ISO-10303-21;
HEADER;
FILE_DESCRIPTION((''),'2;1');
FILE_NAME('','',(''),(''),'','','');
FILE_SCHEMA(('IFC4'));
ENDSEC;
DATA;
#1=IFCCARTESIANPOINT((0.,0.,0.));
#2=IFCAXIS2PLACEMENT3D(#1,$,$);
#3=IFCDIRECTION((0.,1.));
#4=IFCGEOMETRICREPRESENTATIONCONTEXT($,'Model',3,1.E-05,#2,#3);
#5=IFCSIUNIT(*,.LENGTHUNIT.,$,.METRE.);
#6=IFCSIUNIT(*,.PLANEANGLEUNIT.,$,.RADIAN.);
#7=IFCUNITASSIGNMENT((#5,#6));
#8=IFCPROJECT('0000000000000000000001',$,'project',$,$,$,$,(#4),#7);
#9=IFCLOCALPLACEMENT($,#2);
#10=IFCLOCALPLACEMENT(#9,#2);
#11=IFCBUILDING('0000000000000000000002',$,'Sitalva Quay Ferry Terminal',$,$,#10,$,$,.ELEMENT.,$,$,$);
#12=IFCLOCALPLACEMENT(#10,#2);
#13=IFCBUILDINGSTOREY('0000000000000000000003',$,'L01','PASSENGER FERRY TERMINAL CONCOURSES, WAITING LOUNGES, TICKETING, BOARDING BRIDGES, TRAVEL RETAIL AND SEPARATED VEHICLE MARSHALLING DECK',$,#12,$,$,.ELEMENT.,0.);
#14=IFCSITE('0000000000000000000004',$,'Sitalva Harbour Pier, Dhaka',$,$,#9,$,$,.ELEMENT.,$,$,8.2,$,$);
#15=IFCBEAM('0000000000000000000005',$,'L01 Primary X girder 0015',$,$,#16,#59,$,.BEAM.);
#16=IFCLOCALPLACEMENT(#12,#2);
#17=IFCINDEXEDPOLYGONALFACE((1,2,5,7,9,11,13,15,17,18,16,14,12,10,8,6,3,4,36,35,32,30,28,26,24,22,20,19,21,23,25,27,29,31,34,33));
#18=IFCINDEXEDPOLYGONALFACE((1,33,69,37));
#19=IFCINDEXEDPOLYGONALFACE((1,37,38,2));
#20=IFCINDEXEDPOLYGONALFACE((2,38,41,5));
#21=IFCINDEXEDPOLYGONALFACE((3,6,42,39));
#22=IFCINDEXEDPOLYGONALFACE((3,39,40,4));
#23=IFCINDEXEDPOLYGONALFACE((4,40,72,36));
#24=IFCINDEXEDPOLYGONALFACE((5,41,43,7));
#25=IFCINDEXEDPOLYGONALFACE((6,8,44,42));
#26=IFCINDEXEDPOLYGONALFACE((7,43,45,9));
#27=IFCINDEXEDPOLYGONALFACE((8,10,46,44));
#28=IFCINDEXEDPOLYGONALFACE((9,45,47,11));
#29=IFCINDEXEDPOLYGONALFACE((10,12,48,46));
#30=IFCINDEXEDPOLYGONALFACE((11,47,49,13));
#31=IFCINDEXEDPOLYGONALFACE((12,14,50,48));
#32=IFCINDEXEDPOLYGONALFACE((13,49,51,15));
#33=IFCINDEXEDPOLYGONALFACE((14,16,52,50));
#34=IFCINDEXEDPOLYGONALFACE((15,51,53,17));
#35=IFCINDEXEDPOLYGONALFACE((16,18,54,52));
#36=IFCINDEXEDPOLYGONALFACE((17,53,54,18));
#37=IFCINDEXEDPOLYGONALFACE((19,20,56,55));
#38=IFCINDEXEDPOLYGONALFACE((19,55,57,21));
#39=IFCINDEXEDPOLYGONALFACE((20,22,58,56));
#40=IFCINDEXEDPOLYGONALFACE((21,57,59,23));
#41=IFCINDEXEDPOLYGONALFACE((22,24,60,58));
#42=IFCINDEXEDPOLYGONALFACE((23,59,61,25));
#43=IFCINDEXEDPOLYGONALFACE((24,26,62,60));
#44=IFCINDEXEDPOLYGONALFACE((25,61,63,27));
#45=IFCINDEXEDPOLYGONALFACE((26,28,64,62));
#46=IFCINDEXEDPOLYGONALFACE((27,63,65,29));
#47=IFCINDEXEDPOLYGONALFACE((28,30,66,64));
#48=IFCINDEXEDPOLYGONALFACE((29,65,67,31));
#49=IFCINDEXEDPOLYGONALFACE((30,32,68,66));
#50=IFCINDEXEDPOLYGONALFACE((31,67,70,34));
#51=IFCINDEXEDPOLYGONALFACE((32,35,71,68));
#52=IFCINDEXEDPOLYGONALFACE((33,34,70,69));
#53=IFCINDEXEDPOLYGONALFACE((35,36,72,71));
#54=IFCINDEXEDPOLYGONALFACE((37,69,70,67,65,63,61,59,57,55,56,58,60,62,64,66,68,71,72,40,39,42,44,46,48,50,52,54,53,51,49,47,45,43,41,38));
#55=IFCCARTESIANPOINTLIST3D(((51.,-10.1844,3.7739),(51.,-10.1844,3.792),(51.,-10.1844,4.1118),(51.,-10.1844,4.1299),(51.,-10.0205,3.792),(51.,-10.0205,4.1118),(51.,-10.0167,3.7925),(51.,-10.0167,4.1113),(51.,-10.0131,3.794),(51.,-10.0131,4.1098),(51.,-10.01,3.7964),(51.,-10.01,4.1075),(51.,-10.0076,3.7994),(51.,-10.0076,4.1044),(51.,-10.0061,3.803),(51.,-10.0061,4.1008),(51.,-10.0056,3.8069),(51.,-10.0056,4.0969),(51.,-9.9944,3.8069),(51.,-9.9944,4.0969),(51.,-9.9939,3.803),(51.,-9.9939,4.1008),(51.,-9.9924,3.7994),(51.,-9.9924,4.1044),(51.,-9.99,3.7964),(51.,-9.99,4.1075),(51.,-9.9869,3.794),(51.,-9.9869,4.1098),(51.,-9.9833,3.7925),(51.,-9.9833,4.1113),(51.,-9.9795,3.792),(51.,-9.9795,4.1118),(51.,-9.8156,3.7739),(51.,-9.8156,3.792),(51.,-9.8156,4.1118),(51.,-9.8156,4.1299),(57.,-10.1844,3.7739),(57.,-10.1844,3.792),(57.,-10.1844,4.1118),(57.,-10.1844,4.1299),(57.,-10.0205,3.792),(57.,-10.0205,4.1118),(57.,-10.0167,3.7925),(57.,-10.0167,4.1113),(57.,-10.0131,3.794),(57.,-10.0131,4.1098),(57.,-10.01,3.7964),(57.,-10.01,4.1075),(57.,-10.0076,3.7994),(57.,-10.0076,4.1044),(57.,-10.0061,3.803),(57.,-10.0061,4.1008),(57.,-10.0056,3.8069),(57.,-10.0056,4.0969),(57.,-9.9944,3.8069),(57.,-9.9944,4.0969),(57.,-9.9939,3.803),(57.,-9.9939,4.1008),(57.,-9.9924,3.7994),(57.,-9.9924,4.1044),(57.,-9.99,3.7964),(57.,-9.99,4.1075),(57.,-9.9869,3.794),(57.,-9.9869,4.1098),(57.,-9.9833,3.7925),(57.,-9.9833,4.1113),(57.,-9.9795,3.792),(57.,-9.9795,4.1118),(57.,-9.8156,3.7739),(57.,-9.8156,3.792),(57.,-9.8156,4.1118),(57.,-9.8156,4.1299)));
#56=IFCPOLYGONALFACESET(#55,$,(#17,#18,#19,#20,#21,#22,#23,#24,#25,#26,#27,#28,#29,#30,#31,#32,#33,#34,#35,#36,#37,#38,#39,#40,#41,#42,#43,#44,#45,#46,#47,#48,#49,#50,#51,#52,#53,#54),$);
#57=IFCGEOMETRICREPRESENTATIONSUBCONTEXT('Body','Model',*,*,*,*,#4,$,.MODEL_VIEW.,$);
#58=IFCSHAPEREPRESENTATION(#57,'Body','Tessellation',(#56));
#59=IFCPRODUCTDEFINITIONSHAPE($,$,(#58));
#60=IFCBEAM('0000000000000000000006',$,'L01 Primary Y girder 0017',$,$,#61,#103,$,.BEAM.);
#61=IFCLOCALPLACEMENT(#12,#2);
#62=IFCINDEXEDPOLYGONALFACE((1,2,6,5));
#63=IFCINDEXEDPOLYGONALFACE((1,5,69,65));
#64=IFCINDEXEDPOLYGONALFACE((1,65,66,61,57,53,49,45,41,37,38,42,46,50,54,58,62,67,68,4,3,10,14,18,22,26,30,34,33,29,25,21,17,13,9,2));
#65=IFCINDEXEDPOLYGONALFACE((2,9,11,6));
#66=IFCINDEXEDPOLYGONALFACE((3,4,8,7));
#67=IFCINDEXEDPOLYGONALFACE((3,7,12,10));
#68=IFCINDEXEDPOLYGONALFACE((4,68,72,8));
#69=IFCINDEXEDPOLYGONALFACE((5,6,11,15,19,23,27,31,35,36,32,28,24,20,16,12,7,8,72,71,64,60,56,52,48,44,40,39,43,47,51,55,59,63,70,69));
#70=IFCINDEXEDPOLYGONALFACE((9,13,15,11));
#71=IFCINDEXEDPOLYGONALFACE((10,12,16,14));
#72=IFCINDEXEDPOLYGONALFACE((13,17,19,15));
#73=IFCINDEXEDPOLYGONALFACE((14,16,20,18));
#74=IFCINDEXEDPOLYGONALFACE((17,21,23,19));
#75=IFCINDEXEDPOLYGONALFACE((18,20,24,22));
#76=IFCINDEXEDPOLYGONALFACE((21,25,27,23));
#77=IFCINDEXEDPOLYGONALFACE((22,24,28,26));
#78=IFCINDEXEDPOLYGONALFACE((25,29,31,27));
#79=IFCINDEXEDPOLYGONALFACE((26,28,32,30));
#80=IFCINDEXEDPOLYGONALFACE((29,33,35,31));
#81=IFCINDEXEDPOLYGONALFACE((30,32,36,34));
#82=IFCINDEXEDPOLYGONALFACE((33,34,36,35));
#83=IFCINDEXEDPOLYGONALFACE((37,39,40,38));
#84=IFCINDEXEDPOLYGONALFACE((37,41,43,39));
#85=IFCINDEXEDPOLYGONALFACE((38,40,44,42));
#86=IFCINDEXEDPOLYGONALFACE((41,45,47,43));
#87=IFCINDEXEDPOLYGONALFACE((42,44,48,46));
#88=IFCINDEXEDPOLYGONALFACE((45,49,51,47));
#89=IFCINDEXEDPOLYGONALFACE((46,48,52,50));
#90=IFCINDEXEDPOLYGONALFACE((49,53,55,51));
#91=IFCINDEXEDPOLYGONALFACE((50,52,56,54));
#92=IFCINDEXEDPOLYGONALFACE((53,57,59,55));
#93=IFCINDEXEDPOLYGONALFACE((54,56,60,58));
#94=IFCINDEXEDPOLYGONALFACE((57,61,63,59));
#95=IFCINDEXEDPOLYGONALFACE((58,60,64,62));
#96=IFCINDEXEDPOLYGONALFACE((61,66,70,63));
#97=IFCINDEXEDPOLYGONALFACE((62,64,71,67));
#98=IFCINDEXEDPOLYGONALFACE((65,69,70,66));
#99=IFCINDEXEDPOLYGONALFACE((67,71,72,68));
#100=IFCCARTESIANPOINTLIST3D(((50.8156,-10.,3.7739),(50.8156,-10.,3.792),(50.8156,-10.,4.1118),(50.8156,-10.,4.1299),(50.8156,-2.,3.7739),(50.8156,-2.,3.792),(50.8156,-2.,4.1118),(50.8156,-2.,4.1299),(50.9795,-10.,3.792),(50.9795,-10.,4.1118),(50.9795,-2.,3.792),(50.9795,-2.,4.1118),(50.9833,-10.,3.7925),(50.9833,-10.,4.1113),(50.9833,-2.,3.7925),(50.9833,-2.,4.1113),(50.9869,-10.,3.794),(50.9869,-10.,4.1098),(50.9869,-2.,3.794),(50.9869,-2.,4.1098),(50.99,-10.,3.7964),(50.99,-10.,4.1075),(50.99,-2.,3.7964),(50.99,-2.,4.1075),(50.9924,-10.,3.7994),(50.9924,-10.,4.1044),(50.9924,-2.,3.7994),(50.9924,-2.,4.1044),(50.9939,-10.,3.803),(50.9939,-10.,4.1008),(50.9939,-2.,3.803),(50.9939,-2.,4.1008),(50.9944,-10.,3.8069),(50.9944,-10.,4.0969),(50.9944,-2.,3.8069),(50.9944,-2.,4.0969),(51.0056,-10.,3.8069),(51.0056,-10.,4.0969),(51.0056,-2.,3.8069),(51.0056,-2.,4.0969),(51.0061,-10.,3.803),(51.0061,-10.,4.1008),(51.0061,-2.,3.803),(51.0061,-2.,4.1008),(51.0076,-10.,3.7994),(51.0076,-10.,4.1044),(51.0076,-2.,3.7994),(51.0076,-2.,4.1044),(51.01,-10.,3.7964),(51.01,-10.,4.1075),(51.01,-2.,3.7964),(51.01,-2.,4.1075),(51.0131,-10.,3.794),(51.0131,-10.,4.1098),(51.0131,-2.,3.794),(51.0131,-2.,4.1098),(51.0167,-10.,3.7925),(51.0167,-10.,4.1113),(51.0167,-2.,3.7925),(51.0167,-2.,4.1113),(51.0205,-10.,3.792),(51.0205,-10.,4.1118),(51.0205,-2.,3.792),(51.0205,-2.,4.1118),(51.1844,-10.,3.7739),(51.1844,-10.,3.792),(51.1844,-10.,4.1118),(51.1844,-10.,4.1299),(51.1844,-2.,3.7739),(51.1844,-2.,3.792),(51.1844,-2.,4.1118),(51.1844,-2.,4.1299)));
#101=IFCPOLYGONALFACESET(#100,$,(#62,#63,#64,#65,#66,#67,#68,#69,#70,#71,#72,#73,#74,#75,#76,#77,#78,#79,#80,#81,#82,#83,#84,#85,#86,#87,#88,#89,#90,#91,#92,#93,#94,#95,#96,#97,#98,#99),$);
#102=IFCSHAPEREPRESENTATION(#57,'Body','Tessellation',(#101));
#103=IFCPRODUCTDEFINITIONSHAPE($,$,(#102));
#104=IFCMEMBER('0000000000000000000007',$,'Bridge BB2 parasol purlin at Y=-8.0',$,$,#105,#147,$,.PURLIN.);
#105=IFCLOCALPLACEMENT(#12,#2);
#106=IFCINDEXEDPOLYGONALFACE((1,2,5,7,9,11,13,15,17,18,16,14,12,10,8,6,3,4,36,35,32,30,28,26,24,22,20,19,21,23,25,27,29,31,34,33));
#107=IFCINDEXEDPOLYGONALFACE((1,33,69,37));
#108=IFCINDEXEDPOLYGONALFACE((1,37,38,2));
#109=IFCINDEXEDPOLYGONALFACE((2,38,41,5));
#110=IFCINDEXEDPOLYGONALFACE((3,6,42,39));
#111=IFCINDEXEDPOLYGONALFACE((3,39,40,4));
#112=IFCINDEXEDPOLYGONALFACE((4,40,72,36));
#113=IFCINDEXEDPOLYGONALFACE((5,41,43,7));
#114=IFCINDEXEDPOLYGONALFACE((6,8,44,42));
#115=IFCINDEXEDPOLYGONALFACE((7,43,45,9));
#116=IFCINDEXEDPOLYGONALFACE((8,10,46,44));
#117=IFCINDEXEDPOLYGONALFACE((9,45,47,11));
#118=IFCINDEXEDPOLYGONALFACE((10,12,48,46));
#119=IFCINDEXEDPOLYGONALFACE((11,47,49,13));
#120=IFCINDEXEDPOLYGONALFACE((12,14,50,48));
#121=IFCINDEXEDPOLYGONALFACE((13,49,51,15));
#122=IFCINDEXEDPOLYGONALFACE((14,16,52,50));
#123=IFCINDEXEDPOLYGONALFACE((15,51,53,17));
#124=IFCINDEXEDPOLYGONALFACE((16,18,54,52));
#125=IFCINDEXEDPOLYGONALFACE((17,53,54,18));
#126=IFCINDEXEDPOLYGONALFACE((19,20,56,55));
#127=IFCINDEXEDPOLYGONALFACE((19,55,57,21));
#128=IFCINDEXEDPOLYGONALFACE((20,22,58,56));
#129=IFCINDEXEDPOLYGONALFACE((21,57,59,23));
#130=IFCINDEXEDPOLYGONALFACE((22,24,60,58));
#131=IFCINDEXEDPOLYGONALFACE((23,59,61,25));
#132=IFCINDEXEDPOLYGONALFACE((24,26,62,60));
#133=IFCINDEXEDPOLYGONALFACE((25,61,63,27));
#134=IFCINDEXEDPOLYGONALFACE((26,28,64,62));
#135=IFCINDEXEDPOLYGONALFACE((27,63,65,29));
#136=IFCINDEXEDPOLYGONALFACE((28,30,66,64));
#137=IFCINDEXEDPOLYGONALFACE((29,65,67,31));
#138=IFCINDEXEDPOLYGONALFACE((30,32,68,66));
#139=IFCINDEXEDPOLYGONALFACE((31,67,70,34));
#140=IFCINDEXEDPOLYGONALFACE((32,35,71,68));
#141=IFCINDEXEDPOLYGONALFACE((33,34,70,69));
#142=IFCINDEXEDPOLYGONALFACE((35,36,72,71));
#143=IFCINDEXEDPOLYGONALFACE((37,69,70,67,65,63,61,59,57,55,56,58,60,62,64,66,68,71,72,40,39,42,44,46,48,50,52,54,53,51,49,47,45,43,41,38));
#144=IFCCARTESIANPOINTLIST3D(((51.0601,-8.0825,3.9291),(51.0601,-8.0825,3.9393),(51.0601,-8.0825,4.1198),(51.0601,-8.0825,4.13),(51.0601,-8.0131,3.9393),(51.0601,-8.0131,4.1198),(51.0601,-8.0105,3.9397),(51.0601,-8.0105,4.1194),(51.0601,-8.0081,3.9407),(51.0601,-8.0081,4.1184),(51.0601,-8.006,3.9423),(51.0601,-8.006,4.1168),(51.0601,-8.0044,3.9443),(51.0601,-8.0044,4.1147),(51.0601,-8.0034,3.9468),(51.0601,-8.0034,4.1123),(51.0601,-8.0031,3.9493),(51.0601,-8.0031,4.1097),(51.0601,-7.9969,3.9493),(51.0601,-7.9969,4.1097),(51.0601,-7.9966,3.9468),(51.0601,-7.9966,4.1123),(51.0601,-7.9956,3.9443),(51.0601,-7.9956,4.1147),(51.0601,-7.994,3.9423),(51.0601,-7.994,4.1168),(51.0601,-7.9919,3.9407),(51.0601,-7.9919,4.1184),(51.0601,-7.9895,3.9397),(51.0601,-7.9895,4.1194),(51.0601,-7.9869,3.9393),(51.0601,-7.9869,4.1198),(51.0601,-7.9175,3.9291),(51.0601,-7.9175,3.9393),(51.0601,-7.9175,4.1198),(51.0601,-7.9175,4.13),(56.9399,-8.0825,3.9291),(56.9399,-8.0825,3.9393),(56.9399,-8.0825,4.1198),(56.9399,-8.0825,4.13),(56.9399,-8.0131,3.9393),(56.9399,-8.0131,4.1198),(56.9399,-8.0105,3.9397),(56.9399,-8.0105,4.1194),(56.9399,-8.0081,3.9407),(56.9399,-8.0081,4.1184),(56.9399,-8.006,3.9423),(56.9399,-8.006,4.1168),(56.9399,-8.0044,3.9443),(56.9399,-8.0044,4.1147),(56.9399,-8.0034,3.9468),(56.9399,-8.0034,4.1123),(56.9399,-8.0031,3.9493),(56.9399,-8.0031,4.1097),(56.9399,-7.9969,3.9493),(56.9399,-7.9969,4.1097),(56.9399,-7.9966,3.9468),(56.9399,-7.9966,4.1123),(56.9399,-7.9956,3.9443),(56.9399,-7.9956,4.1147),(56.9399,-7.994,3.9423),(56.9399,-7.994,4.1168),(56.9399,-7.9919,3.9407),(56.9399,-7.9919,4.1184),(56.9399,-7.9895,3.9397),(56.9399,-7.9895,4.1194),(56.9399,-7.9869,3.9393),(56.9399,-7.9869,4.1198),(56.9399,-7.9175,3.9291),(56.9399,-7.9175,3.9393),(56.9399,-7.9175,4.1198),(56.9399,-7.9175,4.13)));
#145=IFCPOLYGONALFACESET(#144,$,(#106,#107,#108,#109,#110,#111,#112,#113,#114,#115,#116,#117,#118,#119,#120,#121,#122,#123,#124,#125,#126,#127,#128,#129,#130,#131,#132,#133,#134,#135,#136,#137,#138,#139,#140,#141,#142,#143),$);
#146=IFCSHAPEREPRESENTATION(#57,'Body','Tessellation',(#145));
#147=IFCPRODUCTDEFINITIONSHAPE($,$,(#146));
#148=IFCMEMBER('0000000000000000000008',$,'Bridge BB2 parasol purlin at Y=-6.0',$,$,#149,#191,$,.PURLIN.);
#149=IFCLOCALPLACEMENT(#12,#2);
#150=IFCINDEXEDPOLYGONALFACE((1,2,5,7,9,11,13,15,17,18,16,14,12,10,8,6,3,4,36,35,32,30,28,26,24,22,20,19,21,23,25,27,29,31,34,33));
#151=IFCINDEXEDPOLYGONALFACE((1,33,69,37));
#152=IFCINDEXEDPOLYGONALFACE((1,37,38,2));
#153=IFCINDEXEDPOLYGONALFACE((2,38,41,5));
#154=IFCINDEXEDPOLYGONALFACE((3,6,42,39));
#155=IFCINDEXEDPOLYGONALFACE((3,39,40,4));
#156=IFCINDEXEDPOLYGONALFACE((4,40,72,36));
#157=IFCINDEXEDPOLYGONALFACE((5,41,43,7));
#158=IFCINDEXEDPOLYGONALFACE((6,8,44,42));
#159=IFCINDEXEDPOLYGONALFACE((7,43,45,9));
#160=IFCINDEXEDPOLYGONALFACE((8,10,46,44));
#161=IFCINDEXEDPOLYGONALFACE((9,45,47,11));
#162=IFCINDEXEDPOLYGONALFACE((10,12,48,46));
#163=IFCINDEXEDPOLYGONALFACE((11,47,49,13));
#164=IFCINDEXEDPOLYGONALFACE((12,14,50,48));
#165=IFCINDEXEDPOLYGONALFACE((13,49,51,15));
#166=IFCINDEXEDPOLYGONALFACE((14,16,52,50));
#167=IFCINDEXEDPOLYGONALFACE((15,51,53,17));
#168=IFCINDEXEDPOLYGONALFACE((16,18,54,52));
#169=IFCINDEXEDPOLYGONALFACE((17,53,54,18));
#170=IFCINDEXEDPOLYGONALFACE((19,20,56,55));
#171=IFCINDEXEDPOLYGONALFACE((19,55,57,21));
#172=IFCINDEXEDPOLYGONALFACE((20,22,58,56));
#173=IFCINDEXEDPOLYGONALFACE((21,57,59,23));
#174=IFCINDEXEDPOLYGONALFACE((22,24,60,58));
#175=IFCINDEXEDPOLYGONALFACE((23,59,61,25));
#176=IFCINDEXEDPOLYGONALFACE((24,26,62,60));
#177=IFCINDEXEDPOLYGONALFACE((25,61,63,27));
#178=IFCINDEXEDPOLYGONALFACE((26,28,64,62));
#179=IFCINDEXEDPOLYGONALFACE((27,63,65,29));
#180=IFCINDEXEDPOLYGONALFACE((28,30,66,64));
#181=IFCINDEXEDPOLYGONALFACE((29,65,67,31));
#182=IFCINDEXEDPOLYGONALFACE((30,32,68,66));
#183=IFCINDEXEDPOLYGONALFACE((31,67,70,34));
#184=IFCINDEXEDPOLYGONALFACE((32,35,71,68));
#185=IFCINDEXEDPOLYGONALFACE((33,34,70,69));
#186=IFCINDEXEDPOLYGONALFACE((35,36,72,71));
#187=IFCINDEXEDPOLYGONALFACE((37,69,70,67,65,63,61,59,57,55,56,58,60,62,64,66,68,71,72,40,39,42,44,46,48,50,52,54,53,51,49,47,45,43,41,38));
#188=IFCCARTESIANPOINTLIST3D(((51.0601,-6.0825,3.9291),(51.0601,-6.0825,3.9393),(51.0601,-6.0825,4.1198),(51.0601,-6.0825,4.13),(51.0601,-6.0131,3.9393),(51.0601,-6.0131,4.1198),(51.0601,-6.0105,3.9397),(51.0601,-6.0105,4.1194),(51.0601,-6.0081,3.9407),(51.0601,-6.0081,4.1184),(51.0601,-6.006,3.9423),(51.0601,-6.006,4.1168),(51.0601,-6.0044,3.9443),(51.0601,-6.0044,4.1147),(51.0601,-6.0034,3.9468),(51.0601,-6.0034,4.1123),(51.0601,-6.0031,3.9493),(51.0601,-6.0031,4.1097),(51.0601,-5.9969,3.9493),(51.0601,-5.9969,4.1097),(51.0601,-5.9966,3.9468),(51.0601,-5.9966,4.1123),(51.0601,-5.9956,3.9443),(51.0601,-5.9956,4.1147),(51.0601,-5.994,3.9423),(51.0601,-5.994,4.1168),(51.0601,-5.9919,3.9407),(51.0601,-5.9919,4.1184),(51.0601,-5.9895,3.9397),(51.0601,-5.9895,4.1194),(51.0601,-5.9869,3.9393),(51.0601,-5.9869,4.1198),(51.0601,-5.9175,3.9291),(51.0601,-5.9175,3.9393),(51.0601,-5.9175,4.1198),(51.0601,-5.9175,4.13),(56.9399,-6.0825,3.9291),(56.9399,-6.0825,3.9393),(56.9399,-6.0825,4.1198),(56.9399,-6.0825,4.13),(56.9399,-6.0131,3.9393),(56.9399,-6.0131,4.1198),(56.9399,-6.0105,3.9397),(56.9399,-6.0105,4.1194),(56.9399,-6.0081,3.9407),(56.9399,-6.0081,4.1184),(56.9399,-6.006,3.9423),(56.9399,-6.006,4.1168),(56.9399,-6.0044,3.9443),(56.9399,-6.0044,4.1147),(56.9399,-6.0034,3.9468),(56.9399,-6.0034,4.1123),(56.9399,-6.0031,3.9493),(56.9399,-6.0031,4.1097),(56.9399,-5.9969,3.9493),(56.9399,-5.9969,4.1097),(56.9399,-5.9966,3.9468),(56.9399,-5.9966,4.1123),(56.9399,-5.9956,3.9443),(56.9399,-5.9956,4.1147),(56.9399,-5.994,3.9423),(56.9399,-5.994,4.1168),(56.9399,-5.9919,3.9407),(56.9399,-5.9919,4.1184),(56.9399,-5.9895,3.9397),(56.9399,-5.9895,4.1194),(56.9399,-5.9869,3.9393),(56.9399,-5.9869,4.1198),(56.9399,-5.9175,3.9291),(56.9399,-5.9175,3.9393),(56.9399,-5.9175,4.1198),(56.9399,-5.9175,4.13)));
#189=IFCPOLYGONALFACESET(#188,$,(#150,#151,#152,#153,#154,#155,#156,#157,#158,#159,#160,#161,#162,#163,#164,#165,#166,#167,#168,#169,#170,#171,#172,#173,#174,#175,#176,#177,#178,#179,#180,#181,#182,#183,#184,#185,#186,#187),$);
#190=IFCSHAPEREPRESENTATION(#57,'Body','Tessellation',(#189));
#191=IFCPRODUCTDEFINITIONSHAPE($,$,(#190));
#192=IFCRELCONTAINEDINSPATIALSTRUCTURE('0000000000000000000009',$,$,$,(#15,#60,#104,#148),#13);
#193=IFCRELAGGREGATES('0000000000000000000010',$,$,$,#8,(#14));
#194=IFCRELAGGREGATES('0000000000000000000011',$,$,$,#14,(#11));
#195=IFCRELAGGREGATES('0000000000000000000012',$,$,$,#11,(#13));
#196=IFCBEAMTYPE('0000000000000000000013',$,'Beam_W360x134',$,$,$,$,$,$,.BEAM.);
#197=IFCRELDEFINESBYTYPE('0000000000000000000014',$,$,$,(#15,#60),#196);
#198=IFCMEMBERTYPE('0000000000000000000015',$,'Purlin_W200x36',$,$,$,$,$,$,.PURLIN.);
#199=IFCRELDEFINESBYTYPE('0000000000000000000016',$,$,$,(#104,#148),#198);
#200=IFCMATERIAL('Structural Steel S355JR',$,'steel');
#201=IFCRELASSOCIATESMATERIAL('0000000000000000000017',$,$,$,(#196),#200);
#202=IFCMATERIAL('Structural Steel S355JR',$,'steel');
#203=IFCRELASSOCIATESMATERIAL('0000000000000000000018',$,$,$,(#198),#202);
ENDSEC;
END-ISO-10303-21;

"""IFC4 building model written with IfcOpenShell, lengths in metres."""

from ifc_helpers import new_model, si_unit, direction, frame, origin, origin_2d, place, context, subcontext, project, spatial, i_section, extrude, material, material_profile, profile_set, type_object, element, save


model = new_model("IFC4")

# Units and contexts
model_context = context("Model", 3, precision=1e-05, world=origin(), true_north=direction((0.0, 1.0)))
body_context = subcontext(model_context, "Body", "Model", "MODEL_VIEW")
ifc_project = project(units=[si_unit("LENGTHUNIT", "METRE"), si_unit("PLANEANGLEUNIT", "RADIAN")], contexts=[model_context])

# Site, building, storey
site_placement = place(None, origin())
site = spatial("IfcSite", under=ifc_project, at=site_placement, Name="Sitalva Harbour Pier, Dhaka", CompositionType="ELEMENT", RefElevation=8.2)
building_placement = place(site_placement, origin())
building = spatial("IfcBuilding", under=site, at=building_placement, Name="Sitalva Quay Ferry Terminal", CompositionType="ELEMENT")
storey_placement = place(building_placement, origin())
storey = spatial("IfcBuildingStorey", under=building, at=storey_placement, Name="L01", Description="PASSENGER FERRY TERMINAL CONCOURSES, WAITING LOUNGES, TICKETING, BOARDING BRIDGES, TRAVEL RETAIL AND SEPARATED VEHICLE MARSHALLING DECK", CompositionType="ELEMENT", Elevation=0.0)

# Beams
ifc_material_1 = material(Name="Structural Steel S355JR", Category="steel")
ifc_material_profile_1 = material_profile(ifc_material_1, i_section(OverallWidth=0.3689, OverallDepth=0.356, WebThickness=0.0112, FlangeThickness=0.0181, FilletRadius=0.0149, at=origin_2d()), Name="W360x134")
ifc_profile_set_1 = profile_set([ifc_material_profile_1], Name="Structural Steel S355JR")
beam_type = type_object("IfcBeamType", Name="Beam_W360x134", PredefinedType="BEAM", material=ifc_profile_set_1)
beam_1_placement = place(storey_placement, frame((51.0, -10.0, 3.9519), z_axis=(1.0, 0.0, 0.0), x_axis=(0.0, 1.0, 0.0)))
element("IfcBeam", 1, at=beam_1_placement, inside=storey, type_object=beam_type, Name="L01 Primary X girder 0015", PredefinedType="BEAM", context=body_context, shape_type="SweptSolid", body=[
    extrude(i_section(OverallWidth=0.3689, OverallDepth=0.356, WebThickness=0.0112, FlangeThickness=0.0181, FilletRadius=0.0149, at=origin_2d()), origin(), (0.0, 0.0, 1.0), 6.0),
])
beam_2_placement = place(storey_placement, frame((51.0, -10.0, 3.9519), z_axis=(0.0, 1.0, 0.0), x_axis=(-1.0, 0.0, 0.0)))
element("IfcBeam", 2, at=beam_2_placement, inside=storey, type_object=beam_type, Name="L01 Primary Y girder 0017", PredefinedType="BEAM", context=body_context, shape_type="SweptSolid", body=[
    extrude(i_section(OverallWidth=0.3689, OverallDepth=0.356, WebThickness=0.0112, FlangeThickness=0.0181, FilletRadius=0.0149, at=origin_2d()), origin(), (0.0, 0.0, 1.0), 8.0),
])

# Members
ifc_material_2 = material(Name="Structural Steel S355JR", Category="steel")
ifc_material_profile_2 = material_profile(ifc_material_2, i_section(OverallWidth=0.165, OverallDepth=0.2009, WebThickness=0.0061, FlangeThickness=0.0103, FilletRadius=0.01, at=origin_2d()), Name="W200x36")
ifc_profile_set_2 = profile_set([ifc_material_profile_2], Name="Structural Steel S355JR")
member_type_1 = type_object("IfcMemberType", Name="Purlin_W200x36", PredefinedType="PURLIN", material=ifc_profile_set_2)
for number, where, z_axis, x_axis, name in (
    (3, (51.0601, -8.0, 4.0295), (1.0, 0.0, 0.0), (0.0, 1.0, 0.0), "Bridge BB2 parasol purlin at Y=-8.0"),
    (4, (51.0601, -6.0, 4.0295), (1.0, 0.0, 0.0), (0.0, 1.0, 0.0), "Bridge BB2 parasol purlin at Y=-6.0"),
):
    element("IfcMember", number, at=place(storey_placement, frame(where, z_axis=z_axis, x_axis=x_axis)), inside=storey, type_object=member_type_1, Name=name, PredefinedType="PURLIN", context=body_context, shape_type="SweptSolid", body=[
        extrude(i_section(OverallWidth=0.165, OverallDepth=0.2009, WebThickness=0.0061, FlangeThickness=0.0103, FilletRadius=0.01, at=origin_2d()), origin(), (0.0, 0.0, 1.0), 5.8799),
    ])

save(model, "model.ifc")
